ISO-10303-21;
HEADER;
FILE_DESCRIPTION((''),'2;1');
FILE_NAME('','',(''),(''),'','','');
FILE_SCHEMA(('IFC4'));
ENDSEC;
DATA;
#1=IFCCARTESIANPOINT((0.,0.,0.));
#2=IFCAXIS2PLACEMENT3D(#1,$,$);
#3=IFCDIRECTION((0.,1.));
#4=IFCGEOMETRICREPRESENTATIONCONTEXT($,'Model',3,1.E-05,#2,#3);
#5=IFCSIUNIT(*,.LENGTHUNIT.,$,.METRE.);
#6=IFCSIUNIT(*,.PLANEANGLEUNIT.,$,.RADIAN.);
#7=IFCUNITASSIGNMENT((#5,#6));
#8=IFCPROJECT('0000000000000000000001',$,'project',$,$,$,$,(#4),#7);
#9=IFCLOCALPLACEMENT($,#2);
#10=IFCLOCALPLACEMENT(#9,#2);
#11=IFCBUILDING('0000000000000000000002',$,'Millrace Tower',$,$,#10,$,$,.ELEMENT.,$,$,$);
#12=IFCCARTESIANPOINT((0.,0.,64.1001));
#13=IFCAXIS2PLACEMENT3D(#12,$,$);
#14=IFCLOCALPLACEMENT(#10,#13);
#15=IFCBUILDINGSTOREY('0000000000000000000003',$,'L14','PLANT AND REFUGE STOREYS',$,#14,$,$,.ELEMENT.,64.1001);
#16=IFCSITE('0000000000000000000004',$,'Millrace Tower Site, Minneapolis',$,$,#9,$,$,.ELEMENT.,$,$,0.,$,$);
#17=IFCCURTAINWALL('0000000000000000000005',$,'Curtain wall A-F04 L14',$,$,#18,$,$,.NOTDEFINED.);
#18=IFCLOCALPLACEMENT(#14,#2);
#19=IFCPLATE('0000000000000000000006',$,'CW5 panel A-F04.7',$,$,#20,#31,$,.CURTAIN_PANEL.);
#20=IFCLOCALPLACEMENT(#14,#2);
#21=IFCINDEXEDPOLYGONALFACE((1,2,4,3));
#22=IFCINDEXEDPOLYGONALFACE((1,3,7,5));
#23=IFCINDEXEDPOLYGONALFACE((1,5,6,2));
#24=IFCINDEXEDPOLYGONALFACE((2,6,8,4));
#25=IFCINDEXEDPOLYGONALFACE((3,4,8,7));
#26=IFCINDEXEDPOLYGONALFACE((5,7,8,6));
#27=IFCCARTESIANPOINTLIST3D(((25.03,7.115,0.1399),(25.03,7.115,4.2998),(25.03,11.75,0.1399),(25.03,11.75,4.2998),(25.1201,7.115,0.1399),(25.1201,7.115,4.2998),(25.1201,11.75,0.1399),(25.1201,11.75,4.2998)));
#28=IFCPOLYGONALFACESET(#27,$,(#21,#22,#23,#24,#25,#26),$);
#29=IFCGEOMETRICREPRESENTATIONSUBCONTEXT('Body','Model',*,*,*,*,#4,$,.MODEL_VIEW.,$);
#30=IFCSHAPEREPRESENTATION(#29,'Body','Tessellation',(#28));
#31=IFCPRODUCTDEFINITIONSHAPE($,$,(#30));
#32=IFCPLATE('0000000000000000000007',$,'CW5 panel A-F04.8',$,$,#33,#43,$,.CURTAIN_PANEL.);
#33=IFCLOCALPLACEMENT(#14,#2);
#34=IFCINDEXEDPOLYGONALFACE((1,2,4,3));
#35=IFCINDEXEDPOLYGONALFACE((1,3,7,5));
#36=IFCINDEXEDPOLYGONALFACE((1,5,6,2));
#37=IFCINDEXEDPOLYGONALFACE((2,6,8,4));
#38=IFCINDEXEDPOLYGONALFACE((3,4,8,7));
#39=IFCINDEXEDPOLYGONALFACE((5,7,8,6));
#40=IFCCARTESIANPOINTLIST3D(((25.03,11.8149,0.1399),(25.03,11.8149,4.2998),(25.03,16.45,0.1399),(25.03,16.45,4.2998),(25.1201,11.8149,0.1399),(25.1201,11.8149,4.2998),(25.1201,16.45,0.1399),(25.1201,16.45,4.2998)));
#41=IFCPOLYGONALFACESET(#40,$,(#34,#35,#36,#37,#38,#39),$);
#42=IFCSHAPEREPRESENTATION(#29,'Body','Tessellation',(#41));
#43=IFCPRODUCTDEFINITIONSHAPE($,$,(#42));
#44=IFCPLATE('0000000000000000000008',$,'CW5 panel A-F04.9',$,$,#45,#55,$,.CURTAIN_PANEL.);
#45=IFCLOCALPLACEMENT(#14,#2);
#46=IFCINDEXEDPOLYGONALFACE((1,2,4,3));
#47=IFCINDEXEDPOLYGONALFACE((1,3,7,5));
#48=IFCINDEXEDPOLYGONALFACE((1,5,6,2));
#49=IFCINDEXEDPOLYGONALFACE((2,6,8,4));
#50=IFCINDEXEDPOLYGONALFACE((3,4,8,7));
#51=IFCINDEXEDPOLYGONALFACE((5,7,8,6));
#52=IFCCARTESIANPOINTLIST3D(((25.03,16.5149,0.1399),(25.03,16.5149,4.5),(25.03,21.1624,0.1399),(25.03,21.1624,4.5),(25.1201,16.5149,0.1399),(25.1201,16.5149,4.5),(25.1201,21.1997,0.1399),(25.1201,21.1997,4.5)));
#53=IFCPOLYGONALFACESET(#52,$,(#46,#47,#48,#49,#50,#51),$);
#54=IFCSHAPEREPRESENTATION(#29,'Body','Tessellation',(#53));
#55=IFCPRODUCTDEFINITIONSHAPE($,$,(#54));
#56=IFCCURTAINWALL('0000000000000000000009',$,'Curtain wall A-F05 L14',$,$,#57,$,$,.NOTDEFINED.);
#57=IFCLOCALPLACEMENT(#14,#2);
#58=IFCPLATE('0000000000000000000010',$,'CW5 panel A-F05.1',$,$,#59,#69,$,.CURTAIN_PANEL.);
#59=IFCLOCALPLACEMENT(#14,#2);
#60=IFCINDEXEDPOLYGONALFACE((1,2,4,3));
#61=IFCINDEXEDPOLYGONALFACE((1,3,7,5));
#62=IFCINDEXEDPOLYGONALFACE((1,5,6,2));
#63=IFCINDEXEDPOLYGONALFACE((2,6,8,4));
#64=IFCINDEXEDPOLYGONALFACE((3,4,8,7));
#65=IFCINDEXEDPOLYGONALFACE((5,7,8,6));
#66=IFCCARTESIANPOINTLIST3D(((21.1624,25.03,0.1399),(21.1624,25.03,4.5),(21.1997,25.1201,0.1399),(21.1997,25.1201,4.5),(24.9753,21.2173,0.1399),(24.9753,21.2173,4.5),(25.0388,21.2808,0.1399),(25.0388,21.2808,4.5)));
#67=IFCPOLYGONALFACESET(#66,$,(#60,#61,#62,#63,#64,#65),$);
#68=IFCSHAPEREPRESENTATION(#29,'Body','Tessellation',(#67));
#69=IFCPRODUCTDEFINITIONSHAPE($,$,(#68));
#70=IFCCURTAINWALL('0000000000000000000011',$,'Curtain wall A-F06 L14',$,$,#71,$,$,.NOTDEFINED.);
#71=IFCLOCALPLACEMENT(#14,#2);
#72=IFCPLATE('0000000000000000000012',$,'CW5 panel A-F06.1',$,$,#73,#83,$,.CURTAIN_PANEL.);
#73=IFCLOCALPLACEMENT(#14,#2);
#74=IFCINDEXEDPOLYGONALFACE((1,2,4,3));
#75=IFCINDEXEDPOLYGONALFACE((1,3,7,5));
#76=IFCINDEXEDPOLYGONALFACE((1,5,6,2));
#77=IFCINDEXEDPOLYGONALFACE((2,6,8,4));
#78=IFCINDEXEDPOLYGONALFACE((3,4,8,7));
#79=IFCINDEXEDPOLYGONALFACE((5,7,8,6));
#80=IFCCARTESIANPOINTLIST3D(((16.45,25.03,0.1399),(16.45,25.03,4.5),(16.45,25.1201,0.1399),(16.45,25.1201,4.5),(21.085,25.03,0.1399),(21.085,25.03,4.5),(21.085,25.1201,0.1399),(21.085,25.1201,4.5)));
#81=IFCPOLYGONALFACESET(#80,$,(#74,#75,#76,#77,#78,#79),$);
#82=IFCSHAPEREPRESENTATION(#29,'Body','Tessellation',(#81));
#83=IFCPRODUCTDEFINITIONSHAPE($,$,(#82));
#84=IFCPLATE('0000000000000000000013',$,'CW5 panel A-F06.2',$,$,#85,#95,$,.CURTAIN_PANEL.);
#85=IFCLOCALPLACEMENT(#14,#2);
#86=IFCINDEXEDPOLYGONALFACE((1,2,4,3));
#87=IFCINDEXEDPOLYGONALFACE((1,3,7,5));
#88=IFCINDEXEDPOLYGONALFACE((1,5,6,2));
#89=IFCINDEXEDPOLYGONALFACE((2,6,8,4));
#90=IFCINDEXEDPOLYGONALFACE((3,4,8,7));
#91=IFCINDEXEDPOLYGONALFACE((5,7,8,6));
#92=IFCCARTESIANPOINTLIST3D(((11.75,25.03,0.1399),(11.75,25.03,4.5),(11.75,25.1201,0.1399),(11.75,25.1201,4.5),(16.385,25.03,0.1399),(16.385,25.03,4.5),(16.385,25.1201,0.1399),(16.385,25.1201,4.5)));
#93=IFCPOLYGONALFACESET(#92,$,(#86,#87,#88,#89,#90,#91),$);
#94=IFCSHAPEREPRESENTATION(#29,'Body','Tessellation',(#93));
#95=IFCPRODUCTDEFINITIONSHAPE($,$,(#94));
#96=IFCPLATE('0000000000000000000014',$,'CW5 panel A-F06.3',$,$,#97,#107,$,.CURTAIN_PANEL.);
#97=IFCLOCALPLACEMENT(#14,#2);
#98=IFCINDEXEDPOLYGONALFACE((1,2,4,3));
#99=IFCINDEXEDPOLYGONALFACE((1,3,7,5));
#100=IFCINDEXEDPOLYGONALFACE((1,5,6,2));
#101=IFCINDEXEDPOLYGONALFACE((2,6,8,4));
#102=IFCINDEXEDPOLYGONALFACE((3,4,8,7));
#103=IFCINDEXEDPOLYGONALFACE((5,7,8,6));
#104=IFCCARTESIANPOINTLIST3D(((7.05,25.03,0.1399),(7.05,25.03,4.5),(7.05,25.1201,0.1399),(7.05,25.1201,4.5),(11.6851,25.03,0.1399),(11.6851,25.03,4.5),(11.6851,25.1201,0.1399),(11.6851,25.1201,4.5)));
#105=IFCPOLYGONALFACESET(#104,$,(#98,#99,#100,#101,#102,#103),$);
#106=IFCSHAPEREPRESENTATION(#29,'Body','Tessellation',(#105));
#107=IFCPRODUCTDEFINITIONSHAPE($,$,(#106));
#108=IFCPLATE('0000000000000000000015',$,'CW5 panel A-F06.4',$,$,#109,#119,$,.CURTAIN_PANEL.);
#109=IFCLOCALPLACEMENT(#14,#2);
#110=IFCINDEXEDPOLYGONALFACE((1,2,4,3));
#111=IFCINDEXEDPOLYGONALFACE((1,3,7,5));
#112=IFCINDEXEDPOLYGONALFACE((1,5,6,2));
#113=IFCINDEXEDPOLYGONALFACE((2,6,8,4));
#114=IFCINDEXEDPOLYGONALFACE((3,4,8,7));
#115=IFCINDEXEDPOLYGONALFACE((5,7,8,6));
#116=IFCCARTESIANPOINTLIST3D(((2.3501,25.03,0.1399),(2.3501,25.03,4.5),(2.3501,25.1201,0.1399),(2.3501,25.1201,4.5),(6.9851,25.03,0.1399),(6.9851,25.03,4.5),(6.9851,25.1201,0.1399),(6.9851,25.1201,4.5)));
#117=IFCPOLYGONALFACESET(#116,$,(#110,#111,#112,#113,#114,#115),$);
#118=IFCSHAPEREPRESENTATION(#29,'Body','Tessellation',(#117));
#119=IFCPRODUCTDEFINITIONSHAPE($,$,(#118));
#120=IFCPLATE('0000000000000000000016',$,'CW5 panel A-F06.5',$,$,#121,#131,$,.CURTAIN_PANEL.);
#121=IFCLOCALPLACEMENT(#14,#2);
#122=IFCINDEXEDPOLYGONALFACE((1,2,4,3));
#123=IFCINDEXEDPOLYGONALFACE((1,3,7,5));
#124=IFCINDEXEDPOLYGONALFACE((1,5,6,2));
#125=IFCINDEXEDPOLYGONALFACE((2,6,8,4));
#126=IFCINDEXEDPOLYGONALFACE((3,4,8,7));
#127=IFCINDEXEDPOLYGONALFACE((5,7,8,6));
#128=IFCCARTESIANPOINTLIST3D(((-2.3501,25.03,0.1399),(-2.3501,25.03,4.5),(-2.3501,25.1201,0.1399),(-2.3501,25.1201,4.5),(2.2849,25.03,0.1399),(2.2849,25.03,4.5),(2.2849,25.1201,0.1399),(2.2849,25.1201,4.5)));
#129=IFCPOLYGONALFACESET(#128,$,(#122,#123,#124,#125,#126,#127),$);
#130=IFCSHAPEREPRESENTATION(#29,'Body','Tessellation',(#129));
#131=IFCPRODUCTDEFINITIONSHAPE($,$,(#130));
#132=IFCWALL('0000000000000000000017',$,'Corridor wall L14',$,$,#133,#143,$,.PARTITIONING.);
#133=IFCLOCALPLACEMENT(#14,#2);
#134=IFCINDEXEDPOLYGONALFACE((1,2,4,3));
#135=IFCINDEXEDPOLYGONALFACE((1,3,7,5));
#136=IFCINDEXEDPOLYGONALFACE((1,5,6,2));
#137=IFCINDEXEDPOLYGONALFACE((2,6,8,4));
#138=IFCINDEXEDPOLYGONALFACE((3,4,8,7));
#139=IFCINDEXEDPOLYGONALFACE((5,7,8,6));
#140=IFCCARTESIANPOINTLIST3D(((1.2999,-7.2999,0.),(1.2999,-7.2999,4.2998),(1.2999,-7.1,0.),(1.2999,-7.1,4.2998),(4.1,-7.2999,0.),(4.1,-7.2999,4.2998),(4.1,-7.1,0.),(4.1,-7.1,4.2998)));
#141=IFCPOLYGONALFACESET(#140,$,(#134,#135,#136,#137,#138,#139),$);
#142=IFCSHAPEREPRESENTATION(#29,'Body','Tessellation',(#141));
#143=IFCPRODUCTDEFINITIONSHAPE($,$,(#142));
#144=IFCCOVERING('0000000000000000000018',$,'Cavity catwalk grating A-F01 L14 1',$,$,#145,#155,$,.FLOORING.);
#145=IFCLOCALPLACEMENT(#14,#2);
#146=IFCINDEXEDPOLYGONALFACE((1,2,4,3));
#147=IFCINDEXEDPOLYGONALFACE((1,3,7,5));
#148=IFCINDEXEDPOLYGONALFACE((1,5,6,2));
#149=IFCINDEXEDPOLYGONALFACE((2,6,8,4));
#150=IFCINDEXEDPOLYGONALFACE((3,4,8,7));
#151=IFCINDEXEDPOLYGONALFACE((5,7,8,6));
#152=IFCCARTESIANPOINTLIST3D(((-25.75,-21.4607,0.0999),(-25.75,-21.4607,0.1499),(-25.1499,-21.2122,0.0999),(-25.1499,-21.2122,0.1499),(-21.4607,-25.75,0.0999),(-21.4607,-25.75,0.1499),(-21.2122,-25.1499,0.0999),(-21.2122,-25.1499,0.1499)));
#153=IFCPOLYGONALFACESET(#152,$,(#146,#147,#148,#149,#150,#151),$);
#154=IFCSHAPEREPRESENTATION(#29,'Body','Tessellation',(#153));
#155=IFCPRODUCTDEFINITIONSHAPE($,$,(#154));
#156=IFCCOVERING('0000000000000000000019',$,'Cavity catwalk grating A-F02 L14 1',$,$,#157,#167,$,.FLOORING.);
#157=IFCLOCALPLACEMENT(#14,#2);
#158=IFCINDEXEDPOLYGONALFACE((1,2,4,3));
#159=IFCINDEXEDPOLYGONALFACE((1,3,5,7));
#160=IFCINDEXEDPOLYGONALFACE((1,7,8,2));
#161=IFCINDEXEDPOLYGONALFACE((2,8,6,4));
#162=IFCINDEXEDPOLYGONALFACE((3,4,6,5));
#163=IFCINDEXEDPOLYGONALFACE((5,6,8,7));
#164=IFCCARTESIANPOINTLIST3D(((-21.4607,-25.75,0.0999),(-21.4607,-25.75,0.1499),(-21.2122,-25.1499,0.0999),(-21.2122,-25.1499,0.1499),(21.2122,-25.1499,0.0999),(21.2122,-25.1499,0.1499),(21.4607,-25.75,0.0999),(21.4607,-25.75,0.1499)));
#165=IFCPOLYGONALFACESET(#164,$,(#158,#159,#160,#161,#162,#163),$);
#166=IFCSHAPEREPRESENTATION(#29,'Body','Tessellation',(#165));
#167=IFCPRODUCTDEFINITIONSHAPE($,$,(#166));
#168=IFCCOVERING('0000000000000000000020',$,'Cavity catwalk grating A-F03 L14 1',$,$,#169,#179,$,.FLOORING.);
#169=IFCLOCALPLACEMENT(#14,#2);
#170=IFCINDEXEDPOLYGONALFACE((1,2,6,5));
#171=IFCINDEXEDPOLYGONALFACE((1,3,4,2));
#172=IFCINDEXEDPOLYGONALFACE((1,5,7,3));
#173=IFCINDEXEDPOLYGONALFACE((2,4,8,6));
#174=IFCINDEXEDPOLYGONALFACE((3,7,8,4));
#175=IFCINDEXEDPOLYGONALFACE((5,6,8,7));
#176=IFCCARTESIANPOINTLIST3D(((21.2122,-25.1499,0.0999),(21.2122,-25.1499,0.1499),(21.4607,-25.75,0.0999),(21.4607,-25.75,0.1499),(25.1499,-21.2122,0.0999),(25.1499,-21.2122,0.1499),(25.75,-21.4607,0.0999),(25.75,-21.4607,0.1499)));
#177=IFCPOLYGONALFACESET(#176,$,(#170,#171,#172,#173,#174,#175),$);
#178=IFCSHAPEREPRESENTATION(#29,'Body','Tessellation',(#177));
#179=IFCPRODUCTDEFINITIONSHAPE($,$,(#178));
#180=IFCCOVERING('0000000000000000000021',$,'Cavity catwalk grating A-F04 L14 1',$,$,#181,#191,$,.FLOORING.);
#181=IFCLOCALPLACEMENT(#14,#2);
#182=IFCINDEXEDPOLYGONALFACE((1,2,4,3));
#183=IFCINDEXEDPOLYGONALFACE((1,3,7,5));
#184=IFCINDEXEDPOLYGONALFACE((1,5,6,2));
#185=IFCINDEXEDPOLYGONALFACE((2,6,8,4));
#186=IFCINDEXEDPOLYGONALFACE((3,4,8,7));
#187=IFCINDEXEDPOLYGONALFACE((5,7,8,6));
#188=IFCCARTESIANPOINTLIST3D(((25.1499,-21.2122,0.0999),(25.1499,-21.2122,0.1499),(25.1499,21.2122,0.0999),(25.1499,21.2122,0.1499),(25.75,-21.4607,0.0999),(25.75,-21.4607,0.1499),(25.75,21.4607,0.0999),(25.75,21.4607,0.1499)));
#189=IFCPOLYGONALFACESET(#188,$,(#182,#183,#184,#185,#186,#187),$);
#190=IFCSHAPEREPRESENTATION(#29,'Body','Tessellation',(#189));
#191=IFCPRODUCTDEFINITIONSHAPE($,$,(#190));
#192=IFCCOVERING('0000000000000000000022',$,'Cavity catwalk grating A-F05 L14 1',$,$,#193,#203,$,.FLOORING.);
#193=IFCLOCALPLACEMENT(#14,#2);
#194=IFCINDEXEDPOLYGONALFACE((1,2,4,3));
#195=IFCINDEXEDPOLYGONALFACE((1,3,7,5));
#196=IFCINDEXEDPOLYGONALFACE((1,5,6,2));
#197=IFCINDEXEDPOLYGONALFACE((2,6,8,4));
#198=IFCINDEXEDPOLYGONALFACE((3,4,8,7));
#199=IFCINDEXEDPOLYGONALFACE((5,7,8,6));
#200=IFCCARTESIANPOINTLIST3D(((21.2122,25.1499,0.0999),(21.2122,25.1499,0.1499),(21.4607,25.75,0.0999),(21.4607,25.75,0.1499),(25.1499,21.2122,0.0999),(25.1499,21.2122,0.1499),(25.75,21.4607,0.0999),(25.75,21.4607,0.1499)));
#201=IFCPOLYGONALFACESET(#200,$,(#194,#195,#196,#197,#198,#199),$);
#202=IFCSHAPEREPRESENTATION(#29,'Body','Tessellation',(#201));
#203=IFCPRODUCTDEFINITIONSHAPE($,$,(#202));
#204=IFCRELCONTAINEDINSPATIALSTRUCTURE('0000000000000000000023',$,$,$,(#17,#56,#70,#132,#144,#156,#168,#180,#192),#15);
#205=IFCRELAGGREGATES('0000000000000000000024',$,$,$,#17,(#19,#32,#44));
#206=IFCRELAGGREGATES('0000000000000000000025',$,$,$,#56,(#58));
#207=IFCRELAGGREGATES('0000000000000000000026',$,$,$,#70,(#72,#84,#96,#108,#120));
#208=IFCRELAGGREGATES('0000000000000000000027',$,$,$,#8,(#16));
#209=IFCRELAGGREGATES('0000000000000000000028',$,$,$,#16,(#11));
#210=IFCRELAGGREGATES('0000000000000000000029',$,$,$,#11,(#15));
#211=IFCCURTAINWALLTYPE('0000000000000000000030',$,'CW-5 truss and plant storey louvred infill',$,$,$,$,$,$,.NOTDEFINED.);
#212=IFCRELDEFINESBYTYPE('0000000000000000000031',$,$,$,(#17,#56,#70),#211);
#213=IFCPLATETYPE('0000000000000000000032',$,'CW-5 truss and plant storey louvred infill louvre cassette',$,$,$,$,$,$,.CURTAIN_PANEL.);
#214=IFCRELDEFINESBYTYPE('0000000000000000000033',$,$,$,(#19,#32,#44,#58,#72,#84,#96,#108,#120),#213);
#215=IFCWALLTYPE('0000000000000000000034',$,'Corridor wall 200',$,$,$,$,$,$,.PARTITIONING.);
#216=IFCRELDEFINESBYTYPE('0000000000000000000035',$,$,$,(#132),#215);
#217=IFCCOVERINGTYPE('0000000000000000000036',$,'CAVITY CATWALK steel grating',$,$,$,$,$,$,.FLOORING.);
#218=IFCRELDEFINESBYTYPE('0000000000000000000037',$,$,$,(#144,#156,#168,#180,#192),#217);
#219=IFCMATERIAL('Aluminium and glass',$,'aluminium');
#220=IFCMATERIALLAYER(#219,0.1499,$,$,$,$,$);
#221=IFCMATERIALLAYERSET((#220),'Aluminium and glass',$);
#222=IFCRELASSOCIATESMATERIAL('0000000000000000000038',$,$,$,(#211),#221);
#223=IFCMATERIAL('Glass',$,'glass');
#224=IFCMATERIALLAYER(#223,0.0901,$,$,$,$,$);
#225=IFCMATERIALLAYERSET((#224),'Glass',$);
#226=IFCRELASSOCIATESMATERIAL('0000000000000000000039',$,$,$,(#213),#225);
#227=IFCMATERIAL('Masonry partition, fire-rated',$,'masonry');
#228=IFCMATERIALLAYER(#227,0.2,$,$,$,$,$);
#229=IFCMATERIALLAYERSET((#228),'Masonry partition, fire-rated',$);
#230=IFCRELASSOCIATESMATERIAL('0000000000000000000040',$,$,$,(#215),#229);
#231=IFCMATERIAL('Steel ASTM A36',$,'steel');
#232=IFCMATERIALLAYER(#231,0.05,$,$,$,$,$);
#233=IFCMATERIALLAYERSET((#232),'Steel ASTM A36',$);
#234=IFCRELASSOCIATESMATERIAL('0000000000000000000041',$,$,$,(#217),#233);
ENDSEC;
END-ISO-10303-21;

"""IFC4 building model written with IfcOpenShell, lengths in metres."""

from ifc_helpers import new_model, si_unit, direction, frame, frame_2d, origin, place, context, subcontext, project, spatial, polyline, rectangle, outline, extrude, material, layer, layer_set, type_object, element, aggregate, save


model = new_model("IFC4")

# Units and contexts
model_context = context("Model", 3, precision=1e-05, world=origin(), true_north=direction((0.0, 1.0)))
body_context = subcontext(model_context, "Body", "Model", "MODEL_VIEW")
ifc_project = project(units=[si_unit("LENGTHUNIT", "METRE"), si_unit("PLANEANGLEUNIT", "RADIAN")], contexts=[model_context])

# Site, building, storey
site_placement = place(None, origin())
site = spatial("IfcSite", under=ifc_project, at=site_placement, Name="Millrace Tower Site, Minneapolis", CompositionType="ELEMENT", RefElevation=0.0)
building_placement = place(site_placement, origin())
building = spatial("IfcBuilding", under=site, at=building_placement, Name="Millrace Tower", CompositionType="ELEMENT")
storey_placement = place(building_placement, frame((0.0, 0.0, 64.1001)))
storey = spatial("IfcBuildingStorey", under=building, at=storey_placement, Name="L14", Description="PLANT AND REFUGE STOREYS", CompositionType="ELEMENT", Elevation=64.1001)

# Shared definitions
ifc_material_1 = material(Name="Aluminium and glass", Category="aluminium")
ifc_layer_1 = layer(ifc_material_1, 0.1499)
ifc_layer_set_1 = layer_set([ifc_layer_1], Name="Aluminium and glass")
curtain_wall_type = type_object("IfcCurtainWallType", Name="CW-5 truss and plant storey louvred infill", PredefinedType="NOTDEFINED", material=ifc_layer_set_1)
placement_1 = place(storey_placement, origin())
ifc_material_2 = material(Name="Glass", Category="glass")
ifc_layer_2 = layer(ifc_material_2, 0.0901)
ifc_layer_set_2 = layer_set([ifc_layer_2], Name="Glass")
plate_type = type_object("IfcPlateType", Name="CW-5 truss and plant storey louvred infill louvre cassette", PredefinedType="CURTAIN_PANEL", material=ifc_layer_set_2)
placement_2 = place(storey_placement, frame((0.0, 0.0, 0.1399)))

# Curtain wall, plates
curtain_wall_1 = element("IfcCurtainWall", 1, at=placement_1, inside=storey, type_object=curtain_wall_type, Name="Curtain wall A-F04 L14", PredefinedType="NOTDEFINED")
plate_1 = element("IfcPlate", 2, at=placement_2, type_object=plate_type, Name="CW5 panel A-F04.7", PredefinedType="CURTAIN_PANEL", context=body_context, shape_type="SweptSolid", body=[
    extrude(outline(polyline([(25.1201, 7.115), (25.1201, 11.75), (25.03, 11.75), (25.03, 7.115), (25.1201, 7.115)])), origin(), (0.0, 0.0, 1.0), 4.1599),
])
plate_2 = element("IfcPlate", 3, at=placement_2, type_object=plate_type, Name="CW5 panel A-F04.8", PredefinedType="CURTAIN_PANEL", context=body_context, shape_type="SweptSolid", body=[
    extrude(outline(polyline([(25.1201, 11.8149), (25.1201, 16.45), (25.03, 16.45), (25.03, 11.8149), (25.1201, 11.8149)])), origin(), (0.0, 0.0, 1.0), 4.1599),
])
plate_3 = element("IfcPlate", 4, at=placement_2, type_object=plate_type, Name="CW5 panel A-F04.9", PredefinedType="CURTAIN_PANEL", context=body_context, shape_type="SweptSolid", body=[
    extrude(outline(polyline([(25.1201, 16.5149), (25.1201, 21.1997), (25.03, 21.1624), (25.03, 16.5149), (25.1201, 16.5149)])), origin(), (0.0, 0.0, 1.0), 4.3601),
])
aggregate(curtain_wall_1, [plate_1, plate_2, plate_3])

# Curtain wall, plate
curtain_wall_2 = element("IfcCurtainWall", 5, at=placement_1, inside=storey, type_object=curtain_wall_type, Name="Curtain wall A-F05 L14", PredefinedType="NOTDEFINED")
plate_4 = element("IfcPlate", 6, at=placement_2, type_object=plate_type, Name="CW5 panel A-F05.1", PredefinedType="CURTAIN_PANEL", context=body_context, shape_type="SweptSolid", body=[
    extrude(outline(polyline([(25.0388, 21.2808), (21.1997, 25.1201), (21.1624, 25.03), (24.9753, 21.2173), (25.0388, 21.2808)])), origin(), (0.0, 0.0, 1.0), 4.3601),
])
aggregate(curtain_wall_2, [plate_4])

# Curtain wall, plates
curtain_wall_3 = element("IfcCurtainWall", 7, at=placement_1, inside=storey, type_object=curtain_wall_type, Name="Curtain wall A-F06 L14", PredefinedType="NOTDEFINED")
plate_5 = element("IfcPlate", 8, at=placement_2, type_object=plate_type, Name="CW5 panel A-F06.1", PredefinedType="CURTAIN_PANEL", context=body_context, shape_type="SweptSolid", body=[
    extrude(outline(polyline([(21.085, 25.1201), (16.45, 25.1201), (16.45, 25.03), (21.085, 25.03), (21.085, 25.1201)])), origin(), (0.0, 0.0, 1.0), 4.3601),
])
plate_6 = element("IfcPlate", 9, at=placement_2, type_object=plate_type, Name="CW5 panel A-F06.2", PredefinedType="CURTAIN_PANEL", context=body_context, shape_type="SweptSolid", body=[
    extrude(outline(polyline([(16.385, 25.1201), (11.75, 25.1201), (11.75, 25.03), (16.385, 25.03), (16.385, 25.1201)])), origin(), (0.0, 0.0, 1.0), 4.3601),
])
plate_7 = element("IfcPlate", 10, at=placement_2, type_object=plate_type, Name="CW5 panel A-F06.3", PredefinedType="CURTAIN_PANEL", context=body_context, shape_type="SweptSolid", body=[
    extrude(outline(polyline([(11.6851, 25.1201), (7.05, 25.1201), (7.05, 25.03), (11.6851, 25.03), (11.6851, 25.1201)])), origin(), (0.0, 0.0, 1.0), 4.3601),
])
plate_8 = element("IfcPlate", 11, at=placement_2, type_object=plate_type, Name="CW5 panel A-F06.4", PredefinedType="CURTAIN_PANEL", context=body_context, shape_type="SweptSolid", body=[
    extrude(outline(polyline([(6.9851, 25.1201), (2.3501, 25.1201), (2.3501, 25.03), (6.9851, 25.03), (6.9851, 25.1201)])), origin(), (0.0, 0.0, 1.0), 4.3601),
])
plate_9 = element("IfcPlate", 12, at=placement_2, type_object=plate_type, Name="CW5 panel A-F06.5", PredefinedType="CURTAIN_PANEL", context=body_context, shape_type="SweptSolid", body=[
    extrude(outline(polyline([(2.2849, 25.1201), (-2.3501, 25.1201), (-2.3501, 25.03), (2.2849, 25.03), (2.2849, 25.1201)])), origin(), (0.0, 0.0, 1.0), 4.3601),
])
aggregate(curtain_wall_3, [plate_5, plate_6, plate_7, plate_8, plate_9])

# Wall
ifc_material_3 = material(Name="Masonry partition, fire-rated", Category="masonry")
ifc_layer_3 = layer(ifc_material_3, 0.2)
ifc_layer_set_3 = layer_set([ifc_layer_3], Name="Masonry partition, fire-rated")
wall_type = type_object("IfcWallType", Name="Corridor wall 200", PredefinedType="PARTITIONING", material=ifc_layer_set_3)
wall_placement = place(storey_placement, frame((1.3, -7.2, 0.0), z_axis=(0.0, 0.0, 1.0), x_axis=(1.0, 0.0, 0.0)))
element("IfcWall", 13, at=wall_placement, inside=storey, type_object=wall_type, Name="Corridor wall L14", PredefinedType="PARTITIONING", context=body_context, shape_type="SweptSolid", body=[
    extrude(rectangle(XDim=2.8, YDim=0.2, at=frame_2d((1.3999, 0.0))), origin(), (0.0, 0.0, 1.0), 4.2998),
])

# Coverings
ifc_material_4 = material(Name="Steel ASTM A36", Category="steel")
ifc_layer_4 = layer(ifc_material_4, 0.05)
ifc_layer_set_4 = layer_set([ifc_layer_4], Name="Steel ASTM A36")
covering_type = type_object("IfcCoveringType", Name="CAVITY CATWALK steel grating", PredefinedType="FLOORING", material=ifc_layer_set_4)
placement_3 = place(storey_placement, frame((0.0, 0.0, 0.0999)))
element("IfcCovering", 14, at=placement_3, inside=storey, type_object=covering_type, Name="Cavity catwalk grating A-F01 L14 1", PredefinedType="FLOORING", context=body_context, shape_type="SweptSolid", body=[
    extrude(outline(polyline([(-25.75, -21.4607), (-21.4607, -25.75), (-21.2122, -25.1499), (-25.1499, -21.2122), (-25.75, -21.4607)])), origin(), (0.0, 0.0, 1.0), 0.05),
])
element("IfcCovering", 15, at=placement_3, inside=storey, type_object=covering_type, Name="Cavity catwalk grating A-F02 L14 1", PredefinedType="FLOORING", context=body_context, shape_type="SweptSolid", body=[
    extrude(outline(polyline([(-21.4607, -25.75), (21.4607, -25.75), (21.2122, -25.1499), (-21.2122, -25.1499), (-21.4607, -25.75)])), origin(), (0.0, 0.0, 1.0), 0.05),
])
element("IfcCovering", 16, at=placement_3, inside=storey, type_object=covering_type, Name="Cavity catwalk grating A-F03 L14 1", PredefinedType="FLOORING", context=body_context, shape_type="SweptSolid", body=[
    extrude(outline(polyline([(21.4607, -25.75), (25.75, -21.4607), (25.1499, -21.2122), (21.2122, -25.1499), (21.4607, -25.75)])), origin(), (0.0, 0.0, 1.0), 0.05),
])
element("IfcCovering", 17, at=placement_3, inside=storey, type_object=covering_type, Name="Cavity catwalk grating A-F04 L14 1", PredefinedType="FLOORING", context=body_context, shape_type="SweptSolid", body=[
    extrude(outline(polyline([(25.75, -21.4607), (25.75, 21.4607), (25.1499, 21.2122), (25.1499, -21.2122), (25.75, -21.4607)])), origin(), (0.0, 0.0, 1.0), 0.05),
])
element("IfcCovering", 18, at=placement_3, inside=storey, type_object=covering_type, Name="Cavity catwalk grating A-F05 L14 1", PredefinedType="FLOORING", context=body_context, shape_type="SweptSolid", body=[
    extrude(outline(polyline([(25.75, 21.4607), (21.4607, 25.75), (21.2122, 25.1499), (25.1499, 21.2122), (25.75, 21.4607)])), origin(), (0.0, 0.0, 1.0), 0.05),
])

save(model, "model.ifc")
